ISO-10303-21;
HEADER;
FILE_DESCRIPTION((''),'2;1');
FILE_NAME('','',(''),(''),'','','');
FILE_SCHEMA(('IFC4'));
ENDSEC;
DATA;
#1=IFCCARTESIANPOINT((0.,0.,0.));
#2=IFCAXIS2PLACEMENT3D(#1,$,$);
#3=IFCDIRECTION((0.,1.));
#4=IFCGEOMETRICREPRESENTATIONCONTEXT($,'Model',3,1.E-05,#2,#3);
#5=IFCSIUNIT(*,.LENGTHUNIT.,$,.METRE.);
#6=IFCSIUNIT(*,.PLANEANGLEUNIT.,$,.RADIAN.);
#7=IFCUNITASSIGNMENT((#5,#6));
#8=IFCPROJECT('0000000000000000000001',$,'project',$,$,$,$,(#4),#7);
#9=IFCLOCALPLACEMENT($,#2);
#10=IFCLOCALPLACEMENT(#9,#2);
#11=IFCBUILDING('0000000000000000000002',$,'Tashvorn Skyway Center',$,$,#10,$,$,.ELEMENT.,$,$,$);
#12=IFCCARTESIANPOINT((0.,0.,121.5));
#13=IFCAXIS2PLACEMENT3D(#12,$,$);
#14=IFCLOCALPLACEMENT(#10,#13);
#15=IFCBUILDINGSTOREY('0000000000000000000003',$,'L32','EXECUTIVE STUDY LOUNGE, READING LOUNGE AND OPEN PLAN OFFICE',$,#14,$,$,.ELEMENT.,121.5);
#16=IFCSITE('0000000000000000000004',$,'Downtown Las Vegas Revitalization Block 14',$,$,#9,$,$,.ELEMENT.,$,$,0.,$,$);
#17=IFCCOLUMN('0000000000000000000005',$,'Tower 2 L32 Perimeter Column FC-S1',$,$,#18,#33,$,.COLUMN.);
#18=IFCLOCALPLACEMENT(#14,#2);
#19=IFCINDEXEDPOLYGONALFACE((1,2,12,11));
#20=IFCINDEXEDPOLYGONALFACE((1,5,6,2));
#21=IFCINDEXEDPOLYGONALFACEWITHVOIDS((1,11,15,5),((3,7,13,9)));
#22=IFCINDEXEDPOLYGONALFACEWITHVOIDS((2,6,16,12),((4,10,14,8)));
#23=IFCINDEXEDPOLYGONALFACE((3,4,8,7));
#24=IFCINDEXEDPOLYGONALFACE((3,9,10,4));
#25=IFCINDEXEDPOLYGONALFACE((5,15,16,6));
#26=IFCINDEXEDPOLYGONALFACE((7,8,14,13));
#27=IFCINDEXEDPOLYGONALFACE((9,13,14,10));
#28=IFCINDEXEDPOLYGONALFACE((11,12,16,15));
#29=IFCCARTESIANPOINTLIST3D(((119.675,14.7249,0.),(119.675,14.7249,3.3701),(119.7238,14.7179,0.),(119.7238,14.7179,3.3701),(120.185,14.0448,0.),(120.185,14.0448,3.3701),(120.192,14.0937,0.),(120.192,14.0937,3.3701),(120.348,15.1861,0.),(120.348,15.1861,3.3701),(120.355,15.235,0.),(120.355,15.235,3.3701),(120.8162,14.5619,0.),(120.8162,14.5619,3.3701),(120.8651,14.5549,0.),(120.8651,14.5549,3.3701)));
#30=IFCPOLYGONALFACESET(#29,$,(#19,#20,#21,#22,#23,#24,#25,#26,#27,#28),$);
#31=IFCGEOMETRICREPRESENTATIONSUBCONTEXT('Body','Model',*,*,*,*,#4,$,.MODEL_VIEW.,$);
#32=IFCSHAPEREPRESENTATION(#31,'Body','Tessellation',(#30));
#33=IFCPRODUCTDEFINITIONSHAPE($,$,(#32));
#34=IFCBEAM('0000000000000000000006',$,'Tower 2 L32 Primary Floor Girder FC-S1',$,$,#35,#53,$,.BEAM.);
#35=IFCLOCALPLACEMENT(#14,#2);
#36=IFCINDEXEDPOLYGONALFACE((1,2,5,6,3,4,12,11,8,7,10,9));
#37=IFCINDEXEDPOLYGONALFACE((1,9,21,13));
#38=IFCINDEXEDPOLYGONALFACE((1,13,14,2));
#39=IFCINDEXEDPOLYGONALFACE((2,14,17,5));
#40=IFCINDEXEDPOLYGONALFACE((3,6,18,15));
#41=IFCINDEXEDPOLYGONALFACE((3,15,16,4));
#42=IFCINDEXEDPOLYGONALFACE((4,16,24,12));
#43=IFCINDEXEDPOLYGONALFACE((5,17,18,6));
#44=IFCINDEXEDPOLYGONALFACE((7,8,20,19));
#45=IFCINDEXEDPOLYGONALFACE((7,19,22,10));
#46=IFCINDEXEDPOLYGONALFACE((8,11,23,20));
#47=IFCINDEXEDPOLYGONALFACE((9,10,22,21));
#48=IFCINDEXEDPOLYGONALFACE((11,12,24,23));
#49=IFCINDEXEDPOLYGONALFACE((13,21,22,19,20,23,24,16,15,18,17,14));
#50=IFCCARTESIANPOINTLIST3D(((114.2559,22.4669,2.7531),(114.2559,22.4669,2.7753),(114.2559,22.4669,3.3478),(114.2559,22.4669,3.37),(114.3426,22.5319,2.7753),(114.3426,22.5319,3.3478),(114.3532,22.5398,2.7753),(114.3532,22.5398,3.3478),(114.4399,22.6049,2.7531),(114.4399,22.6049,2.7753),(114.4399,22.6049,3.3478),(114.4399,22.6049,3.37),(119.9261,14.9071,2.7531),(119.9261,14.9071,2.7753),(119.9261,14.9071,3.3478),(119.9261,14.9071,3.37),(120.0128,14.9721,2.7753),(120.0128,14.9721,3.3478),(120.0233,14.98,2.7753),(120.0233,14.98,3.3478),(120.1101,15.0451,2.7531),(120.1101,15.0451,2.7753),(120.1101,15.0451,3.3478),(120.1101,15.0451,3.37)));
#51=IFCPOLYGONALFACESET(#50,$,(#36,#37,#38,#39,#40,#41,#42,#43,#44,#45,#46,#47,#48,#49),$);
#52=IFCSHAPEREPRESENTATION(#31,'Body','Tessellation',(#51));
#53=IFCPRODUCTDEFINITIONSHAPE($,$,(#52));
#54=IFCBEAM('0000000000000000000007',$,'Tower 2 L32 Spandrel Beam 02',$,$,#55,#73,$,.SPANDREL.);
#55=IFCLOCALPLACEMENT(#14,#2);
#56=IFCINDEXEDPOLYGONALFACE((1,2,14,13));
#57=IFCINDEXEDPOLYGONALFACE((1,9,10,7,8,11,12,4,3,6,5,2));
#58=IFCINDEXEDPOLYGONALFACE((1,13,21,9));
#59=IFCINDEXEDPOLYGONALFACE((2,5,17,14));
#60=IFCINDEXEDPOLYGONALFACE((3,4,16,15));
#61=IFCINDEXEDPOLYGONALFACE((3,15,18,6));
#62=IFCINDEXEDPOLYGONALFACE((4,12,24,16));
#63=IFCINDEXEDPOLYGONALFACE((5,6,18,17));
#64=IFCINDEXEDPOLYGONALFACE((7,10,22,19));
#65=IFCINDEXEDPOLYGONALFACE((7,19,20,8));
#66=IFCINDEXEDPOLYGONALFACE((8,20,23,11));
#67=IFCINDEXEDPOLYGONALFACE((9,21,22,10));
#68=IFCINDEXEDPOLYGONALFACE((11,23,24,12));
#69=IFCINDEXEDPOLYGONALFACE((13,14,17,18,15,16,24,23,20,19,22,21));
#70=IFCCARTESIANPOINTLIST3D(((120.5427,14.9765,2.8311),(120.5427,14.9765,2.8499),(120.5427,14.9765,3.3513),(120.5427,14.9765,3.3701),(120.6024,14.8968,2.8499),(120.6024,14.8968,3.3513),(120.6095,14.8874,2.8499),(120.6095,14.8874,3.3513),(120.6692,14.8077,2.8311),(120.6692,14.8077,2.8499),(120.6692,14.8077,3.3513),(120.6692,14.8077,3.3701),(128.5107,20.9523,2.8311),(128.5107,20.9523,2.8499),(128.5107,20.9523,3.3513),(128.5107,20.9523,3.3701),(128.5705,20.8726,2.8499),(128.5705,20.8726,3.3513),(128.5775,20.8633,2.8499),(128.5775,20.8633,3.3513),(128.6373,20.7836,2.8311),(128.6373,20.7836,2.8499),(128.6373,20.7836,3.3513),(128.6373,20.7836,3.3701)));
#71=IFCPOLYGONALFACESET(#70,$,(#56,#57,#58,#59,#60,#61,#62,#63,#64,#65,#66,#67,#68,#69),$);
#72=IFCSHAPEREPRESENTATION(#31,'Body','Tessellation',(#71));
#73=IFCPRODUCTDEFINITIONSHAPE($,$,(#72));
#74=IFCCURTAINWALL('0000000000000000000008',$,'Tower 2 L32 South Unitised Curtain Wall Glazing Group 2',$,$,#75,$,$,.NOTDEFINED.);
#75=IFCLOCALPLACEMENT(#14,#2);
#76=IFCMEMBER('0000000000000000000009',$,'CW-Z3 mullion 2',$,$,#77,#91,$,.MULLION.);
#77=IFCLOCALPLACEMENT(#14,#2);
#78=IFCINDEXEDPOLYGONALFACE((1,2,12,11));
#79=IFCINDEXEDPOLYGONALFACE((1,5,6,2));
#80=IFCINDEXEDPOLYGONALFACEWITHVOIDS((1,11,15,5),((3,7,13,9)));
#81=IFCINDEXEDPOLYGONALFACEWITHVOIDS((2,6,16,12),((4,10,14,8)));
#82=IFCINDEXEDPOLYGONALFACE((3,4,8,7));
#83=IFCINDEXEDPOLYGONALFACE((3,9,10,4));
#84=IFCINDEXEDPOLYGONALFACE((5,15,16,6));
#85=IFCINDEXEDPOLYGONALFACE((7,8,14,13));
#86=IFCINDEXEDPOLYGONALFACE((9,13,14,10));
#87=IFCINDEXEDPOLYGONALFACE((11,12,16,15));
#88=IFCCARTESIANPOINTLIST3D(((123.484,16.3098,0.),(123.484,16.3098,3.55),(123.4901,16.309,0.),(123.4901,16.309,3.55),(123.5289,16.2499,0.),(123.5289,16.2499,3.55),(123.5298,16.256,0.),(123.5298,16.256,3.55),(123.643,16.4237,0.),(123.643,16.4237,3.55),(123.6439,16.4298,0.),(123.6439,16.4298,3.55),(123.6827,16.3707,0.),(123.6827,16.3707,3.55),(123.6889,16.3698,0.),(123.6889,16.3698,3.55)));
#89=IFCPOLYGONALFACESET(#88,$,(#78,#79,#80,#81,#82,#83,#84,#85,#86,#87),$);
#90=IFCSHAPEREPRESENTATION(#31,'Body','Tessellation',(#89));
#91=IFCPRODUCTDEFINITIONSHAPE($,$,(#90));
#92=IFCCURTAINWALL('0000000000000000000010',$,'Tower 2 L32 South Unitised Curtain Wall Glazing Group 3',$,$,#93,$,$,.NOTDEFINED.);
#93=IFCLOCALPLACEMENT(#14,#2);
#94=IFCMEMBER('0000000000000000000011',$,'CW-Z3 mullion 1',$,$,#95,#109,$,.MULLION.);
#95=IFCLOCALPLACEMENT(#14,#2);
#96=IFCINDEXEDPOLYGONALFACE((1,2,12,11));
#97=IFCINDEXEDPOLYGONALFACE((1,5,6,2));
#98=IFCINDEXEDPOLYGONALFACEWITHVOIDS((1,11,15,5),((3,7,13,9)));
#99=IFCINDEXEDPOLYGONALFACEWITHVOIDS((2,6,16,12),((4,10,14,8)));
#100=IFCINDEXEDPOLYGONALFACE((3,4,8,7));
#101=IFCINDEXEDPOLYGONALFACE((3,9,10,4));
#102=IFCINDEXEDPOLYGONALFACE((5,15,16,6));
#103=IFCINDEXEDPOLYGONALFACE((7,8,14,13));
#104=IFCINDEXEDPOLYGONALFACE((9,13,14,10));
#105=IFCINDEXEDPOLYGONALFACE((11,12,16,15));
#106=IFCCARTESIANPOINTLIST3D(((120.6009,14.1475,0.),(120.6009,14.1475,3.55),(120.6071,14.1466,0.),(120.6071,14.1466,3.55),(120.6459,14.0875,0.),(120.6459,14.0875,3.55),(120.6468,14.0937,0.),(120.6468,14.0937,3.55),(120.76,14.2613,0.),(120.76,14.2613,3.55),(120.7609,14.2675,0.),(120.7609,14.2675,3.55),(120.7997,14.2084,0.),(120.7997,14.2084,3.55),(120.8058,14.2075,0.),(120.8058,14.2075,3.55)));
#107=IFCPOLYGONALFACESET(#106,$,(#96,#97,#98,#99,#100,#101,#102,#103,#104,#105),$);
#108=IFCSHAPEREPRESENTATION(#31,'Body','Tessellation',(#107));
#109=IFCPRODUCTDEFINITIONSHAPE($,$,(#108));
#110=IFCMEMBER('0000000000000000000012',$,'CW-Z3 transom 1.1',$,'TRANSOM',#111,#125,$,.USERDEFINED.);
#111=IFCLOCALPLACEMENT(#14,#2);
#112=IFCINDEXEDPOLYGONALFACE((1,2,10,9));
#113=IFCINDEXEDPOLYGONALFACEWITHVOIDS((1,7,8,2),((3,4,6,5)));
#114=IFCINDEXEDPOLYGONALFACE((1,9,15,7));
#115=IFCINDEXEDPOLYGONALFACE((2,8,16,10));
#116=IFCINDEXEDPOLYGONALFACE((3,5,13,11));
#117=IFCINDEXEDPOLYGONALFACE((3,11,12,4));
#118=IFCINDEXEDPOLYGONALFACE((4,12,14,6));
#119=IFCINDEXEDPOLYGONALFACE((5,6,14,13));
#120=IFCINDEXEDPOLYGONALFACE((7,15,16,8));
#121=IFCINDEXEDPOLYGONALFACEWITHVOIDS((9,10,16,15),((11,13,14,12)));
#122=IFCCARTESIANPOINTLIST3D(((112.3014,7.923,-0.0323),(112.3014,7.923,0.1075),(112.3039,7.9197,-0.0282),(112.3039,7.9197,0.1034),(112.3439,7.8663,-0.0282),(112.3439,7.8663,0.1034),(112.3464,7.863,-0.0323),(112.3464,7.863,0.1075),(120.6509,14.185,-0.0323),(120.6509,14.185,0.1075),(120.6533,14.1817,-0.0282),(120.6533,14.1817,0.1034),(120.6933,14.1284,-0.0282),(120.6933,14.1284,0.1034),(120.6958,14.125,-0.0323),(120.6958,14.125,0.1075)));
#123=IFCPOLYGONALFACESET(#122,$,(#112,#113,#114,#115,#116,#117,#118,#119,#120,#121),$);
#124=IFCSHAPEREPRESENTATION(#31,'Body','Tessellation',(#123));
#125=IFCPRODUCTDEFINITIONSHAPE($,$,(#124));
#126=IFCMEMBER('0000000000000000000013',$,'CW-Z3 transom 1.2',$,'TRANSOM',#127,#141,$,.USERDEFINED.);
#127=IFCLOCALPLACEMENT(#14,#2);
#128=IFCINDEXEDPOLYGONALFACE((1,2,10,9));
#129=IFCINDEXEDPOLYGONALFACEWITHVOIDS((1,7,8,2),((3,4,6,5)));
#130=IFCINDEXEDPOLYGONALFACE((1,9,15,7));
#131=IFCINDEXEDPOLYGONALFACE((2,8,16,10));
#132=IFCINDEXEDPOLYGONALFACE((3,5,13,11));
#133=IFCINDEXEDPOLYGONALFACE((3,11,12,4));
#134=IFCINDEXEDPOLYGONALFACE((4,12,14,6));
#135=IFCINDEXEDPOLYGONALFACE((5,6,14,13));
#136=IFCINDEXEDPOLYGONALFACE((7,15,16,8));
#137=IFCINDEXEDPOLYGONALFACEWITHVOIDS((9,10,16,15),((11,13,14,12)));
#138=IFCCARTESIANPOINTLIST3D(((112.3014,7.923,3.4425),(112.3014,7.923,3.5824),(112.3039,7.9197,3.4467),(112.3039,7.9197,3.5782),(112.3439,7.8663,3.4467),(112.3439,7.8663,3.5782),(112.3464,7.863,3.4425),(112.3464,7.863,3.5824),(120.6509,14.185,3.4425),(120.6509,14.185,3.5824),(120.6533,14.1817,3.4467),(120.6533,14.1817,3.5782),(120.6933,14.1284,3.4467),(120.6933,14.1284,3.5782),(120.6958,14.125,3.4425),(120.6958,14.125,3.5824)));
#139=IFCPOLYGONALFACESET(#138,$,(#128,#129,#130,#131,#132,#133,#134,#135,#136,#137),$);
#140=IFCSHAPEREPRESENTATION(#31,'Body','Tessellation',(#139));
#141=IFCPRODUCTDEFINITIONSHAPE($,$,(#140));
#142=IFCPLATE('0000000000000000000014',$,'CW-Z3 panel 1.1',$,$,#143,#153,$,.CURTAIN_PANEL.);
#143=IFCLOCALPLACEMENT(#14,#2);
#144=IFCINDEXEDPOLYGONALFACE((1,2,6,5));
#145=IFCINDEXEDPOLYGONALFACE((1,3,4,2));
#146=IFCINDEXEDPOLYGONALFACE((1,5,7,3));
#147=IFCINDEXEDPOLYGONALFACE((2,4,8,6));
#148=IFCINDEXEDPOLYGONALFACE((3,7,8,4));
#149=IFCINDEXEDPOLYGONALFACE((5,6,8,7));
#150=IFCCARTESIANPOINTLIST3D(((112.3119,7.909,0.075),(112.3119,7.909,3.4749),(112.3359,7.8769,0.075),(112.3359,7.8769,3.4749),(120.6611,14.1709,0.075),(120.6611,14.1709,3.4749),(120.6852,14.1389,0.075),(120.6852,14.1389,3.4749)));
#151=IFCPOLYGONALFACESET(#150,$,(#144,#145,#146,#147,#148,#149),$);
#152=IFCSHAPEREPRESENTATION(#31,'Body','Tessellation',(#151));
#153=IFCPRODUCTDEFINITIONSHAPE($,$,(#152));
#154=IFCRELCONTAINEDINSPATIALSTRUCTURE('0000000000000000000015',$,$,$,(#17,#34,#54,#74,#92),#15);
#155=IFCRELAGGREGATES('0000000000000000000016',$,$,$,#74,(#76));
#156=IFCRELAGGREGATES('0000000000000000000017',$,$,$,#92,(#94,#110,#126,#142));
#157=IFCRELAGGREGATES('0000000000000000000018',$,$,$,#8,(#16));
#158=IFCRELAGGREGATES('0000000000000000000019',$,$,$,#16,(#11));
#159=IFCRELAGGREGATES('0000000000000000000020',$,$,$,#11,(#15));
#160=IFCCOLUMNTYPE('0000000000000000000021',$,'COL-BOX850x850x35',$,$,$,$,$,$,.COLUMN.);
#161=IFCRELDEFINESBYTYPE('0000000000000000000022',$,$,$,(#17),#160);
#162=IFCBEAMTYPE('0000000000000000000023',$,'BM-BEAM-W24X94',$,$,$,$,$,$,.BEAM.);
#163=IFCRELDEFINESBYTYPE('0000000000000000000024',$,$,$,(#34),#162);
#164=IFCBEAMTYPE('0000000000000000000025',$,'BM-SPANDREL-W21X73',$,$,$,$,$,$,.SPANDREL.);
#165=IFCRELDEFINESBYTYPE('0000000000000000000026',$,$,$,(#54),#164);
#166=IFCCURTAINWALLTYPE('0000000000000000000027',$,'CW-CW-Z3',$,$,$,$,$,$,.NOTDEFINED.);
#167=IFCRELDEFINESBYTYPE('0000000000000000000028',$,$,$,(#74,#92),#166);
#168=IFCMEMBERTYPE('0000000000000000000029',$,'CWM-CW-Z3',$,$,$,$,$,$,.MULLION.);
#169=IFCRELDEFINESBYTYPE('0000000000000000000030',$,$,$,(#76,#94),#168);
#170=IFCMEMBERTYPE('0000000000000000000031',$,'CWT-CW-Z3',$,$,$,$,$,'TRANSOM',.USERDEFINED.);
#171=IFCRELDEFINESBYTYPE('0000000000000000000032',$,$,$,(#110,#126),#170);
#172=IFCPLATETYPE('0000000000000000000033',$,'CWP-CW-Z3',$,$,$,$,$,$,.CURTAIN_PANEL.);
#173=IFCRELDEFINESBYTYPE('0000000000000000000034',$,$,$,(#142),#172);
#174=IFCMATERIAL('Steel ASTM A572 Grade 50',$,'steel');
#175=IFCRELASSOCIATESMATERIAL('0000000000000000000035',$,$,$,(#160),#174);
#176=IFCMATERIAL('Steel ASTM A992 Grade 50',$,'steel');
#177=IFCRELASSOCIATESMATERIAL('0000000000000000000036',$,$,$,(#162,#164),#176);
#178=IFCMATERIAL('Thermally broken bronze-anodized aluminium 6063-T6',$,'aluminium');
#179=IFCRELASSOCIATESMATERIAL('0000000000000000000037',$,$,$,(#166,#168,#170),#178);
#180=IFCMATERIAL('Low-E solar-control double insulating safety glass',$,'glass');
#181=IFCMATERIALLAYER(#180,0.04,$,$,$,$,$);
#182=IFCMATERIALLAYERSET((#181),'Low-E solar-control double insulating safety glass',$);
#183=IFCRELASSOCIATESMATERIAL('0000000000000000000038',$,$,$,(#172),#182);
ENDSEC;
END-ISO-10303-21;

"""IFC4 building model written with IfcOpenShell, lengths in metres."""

from ifc_helpers import new_model, si_unit, direction, frame, origin, origin_2d, place, context, subcontext, project, spatial, rectangle, hollow_rectangle, i_section, extrude, material, layer, layer_set, material_profile, profile_set, type_object, element, aggregate, save


model = new_model("IFC4")

# Units and contexts
model_context = context("Model", 3, precision=1e-05, world=origin(), true_north=direction((0.0, 1.0)))
body_context = subcontext(model_context, "Body", "Model", "MODEL_VIEW")
ifc_project = project(units=[si_unit("LENGTHUNIT", "METRE"), si_unit("PLANEANGLEUNIT", "RADIAN")], contexts=[model_context])

# Site, building, storey
site_placement = place(None, origin())
site = spatial("IfcSite", under=ifc_project, at=site_placement, Name="Downtown Las Vegas Revitalization Block 14", CompositionType="ELEMENT", RefElevation=0.0)
building_placement = place(site_placement, origin())
building = spatial("IfcBuilding", under=site, at=building_placement, Name="Tashvorn Skyway Center", CompositionType="ELEMENT")
storey_placement = place(building_placement, frame((0.0, 0.0, 121.5)))
storey = spatial("IfcBuildingStorey", under=building, at=storey_placement, Name="L32", Description="EXECUTIVE STUDY LOUNGE, READING LOUNGE AND OPEN PLAN OFFICE", CompositionType="ELEMENT", Elevation=121.5)

# Column
ifc_material_1 = material(Name="Steel ASTM A572 Grade 50", Category="steel")
ifc_material_profile_1 = material_profile(ifc_material_1, hollow_rectangle(XDim=0.8501, YDim=0.8501, WallThickness=0.0349, at=origin_2d()), Name="BOX850x850x35")
ifc_profile_set_1 = profile_set([ifc_material_profile_1], Name="Steel ASTM A572 Grade 50")
column_type = type_object("IfcColumnType", Name="COL-BOX850x850x35", PredefinedType="COLUMN", material=ifc_profile_set_1)
column_placement = place(storey_placement, frame((120.27, 14.6399, 0.0), z_axis=(0.0, 0.0, 1.0), x_axis=(0.8, 0.6, 0.0)))
element("IfcColumn", 1, at=column_placement, inside=storey, type_object=column_type, Name="Tower 2 L32 Perimeter Column FC-S1", PredefinedType="COLUMN", context=body_context, shape_type="SweptSolid", body=[
    extrude(hollow_rectangle(XDim=0.8501, YDim=0.8501, WallThickness=0.0349, at=origin_2d()), origin(), (0.0, 0.0, 1.0), 3.3701),
])

# Beams
ifc_material_2 = material(Name="Steel ASTM A992 Grade 50", Category="steel")
ifc_material_profile_2 = material_profile(ifc_material_2, i_section(OverallWidth=0.23, OverallDepth=0.6169, WebThickness=0.0132, FlangeThickness=0.0222, at=origin_2d()), Name="W24X94")
ifc_profile_set_2 = profile_set([ifc_material_profile_2], Name="Steel ASTM A992 Grade 50")
beam_type_1 = type_object("IfcBeamType", Name="BM-BEAM-W24X94", PredefinedType="BEAM", material=ifc_profile_set_2)
beam_1_placement = place(storey_placement, frame((120.0181, 14.9761, 3.0615), z_axis=(-0.600021, 0.799984, 0.0), x_axis=(-0.799984, -0.600021, 0.0)))
element("IfcBeam", 2, at=beam_1_placement, inside=storey, type_object=beam_type_1, Name="Tower 2 L32 Primary Floor Girder FC-S1", PredefinedType="BEAM", context=body_context, shape_type="SweptSolid", body=[
    extrude(i_section(OverallWidth=0.23, OverallDepth=0.6169, WebThickness=0.0132, FlangeThickness=0.0222, at=origin_2d()), origin(), (0.0, 0.0, 1.0), 9.45),
])
ifc_material_profile_3 = material_profile(ifc_material_2, i_section(OverallWidth=0.2109, OverallDepth=0.5391, WebThickness=0.0117, FlangeThickness=0.0188, at=origin_2d()), Name="W21X73")
ifc_profile_set_3 = profile_set([ifc_material_profile_3], Name="Steel ASTM A992 Grade 50")
beam_type_2 = type_object("IfcBeamType", Name="BM-SPANDREL-W21X73", PredefinedType="SPANDREL", material=ifc_profile_set_3)
beam_2_placement = place(storey_placement, frame((120.606, 14.8921, 3.1006), z_axis=(0.800009, 0.599988, 0.0), x_axis=(-0.599988, 0.800009, 0.0)))
element("IfcBeam", 3, at=beam_2_placement, inside=storey, type_object=beam_type_2, Name="Tower 2 L32 Spandrel Beam 02", PredefinedType="SPANDREL", context=body_context, shape_type="SweptSolid", body=[
    extrude(i_section(OverallWidth=0.2109, OverallDepth=0.5391, WebThickness=0.0117, FlangeThickness=0.0188, at=origin_2d()), origin(), (0.0, 0.0, 1.0), 9.96),
])

# Curtain wall, member
ifc_material_3 = material(Name="Thermally broken bronze-anodized aluminium 6063-T6", Category="aluminium")
curtain_wall_type = type_object("IfcCurtainWallType", Name="CW-CW-Z3", PredefinedType="NOTDEFINED", material=ifc_material_3)
curtain_wall_1_placement = place(storey_placement, origin())
curtain_wall_1 = element("IfcCurtainWall", 4, at=curtain_wall_1_placement, inside=storey, type_object=curtain_wall_type, Name="Tower 2 L32 South Unitised Curtain Wall Glazing Group 2", PredefinedType="NOTDEFINED")
ifc_material_profile_4 = material_profile(ifc_material_3, hollow_rectangle(XDim=0.075, YDim=0.2, WallThickness=0.0044, at=origin_2d()), Name="ALU-MULL-75x200")
ifc_profile_set_4 = profile_set([ifc_material_profile_4], Name="Thermally broken bronze-anodized aluminium 6063-T6")
member_type_1 = type_object("IfcMemberType", Name="CWM-CW-Z3", PredefinedType="MULLION", material=ifc_profile_set_4)
member_1_placement = place(storey_placement, frame((123.5864, 16.3398, 0.0), z_axis=(0.0, 0.0, 1.0), x_axis=(0.6, -0.8, 0.0)))
member_1 = element("IfcMember", 5, at=member_1_placement, type_object=member_type_1, Name="CW-Z3 mullion 2", PredefinedType="MULLION", context=body_context, shape_type="SweptSolid", body=[
    extrude(hollow_rectangle(XDim=0.075, YDim=0.2, WallThickness=0.0044, at=origin_2d()), origin(), (0.0, 0.0, 1.0), 3.55),
])
aggregate(curtain_wall_1, [member_1])

# Curtain wall, members, plate
curtain_wall_2_placement = place(storey_placement, origin())
curtain_wall_2 = element("IfcCurtainWall", 6, at=curtain_wall_2_placement, inside=storey, type_object=curtain_wall_type, Name="Tower 2 L32 South Unitised Curtain Wall Glazing Group 3", PredefinedType="NOTDEFINED")
member_2_placement = place(storey_placement, frame((120.7034, 14.1775, 0.0), z_axis=(0.0, 0.0, 1.0), x_axis=(0.600002, -0.799999, 0.0)))
member_2 = element("IfcMember", 7, at=member_2_placement, type_object=member_type_1, Name="CW-Z3 mullion 1", PredefinedType="MULLION", context=body_context, shape_type="SweptSolid", body=[
    extrude(hollow_rectangle(XDim=0.075, YDim=0.2, WallThickness=0.0044, at=origin_2d()), origin(), (0.0, 0.0, 1.0), 3.55),
])
ifc_material_profile_5 = material_profile(ifc_material_3, hollow_rectangle(XDim=0.075, YDim=0.1399, WallThickness=0.0042, at=origin_2d()), Name="ALU-TRAN-75x140")
ifc_profile_set_5 = profile_set([ifc_material_profile_5], Name="Thermally broken bronze-anodized aluminium 6063-T6")
member_type_2 = type_object("IfcMemberType", Name="CWT-CW-Z3", ElementType="TRANSOM", PredefinedType="USERDEFINED", material=ifc_profile_set_5)
member_3_placement = place(storey_placement, frame((120.6733, 14.155, 0.0376), z_axis=(-0.800003, -0.599996, 0.0), x_axis=(0.599996, -0.800003, 0.0)))
member_3 = element("IfcMember", 8, at=member_3_placement, type_object=member_type_2, Name="CW-Z3 transom 1.1", ObjectType="TRANSOM", PredefinedType="USERDEFINED", context=body_context, shape_type="SweptSolid", body=[
    extrude(hollow_rectangle(XDim=0.075, YDim=0.1399, WallThickness=0.0042, at=origin_2d()), origin(), (0.0, 0.0, 1.0), 10.4368),
])
member_4_placement = place(storey_placement, frame((120.6733, 14.155, 3.5125), z_axis=(-0.800003, -0.599996, 0.0), x_axis=(0.599996, -0.800003, 0.0)))
member_4 = element("IfcMember", 9, at=member_4_placement, type_object=member_type_2, Name="CW-Z3 transom 1.2", ObjectType="TRANSOM", PredefinedType="USERDEFINED", context=body_context, shape_type="SweptSolid", body=[
    extrude(hollow_rectangle(XDim=0.075, YDim=0.1399, WallThickness=0.0042, at=origin_2d()), origin(), (0.0, 0.0, 1.0), 10.4368),
])
ifc_material_4 = material(Name="Low-E solar-control double insulating safety glass", Category="glass")
ifc_layer_1 = layer(ifc_material_4, 0.04)
ifc_layer_set_1 = layer_set([ifc_layer_1], Name="Low-E solar-control double insulating safety glass")
plate_type = type_object("IfcPlateType", Name="CWP-CW-Z3", PredefinedType="CURTAIN_PANEL", material=ifc_layer_set_1)
plate_placement = place(storey_placement, frame((116.4985, 11.0239, 0.075), z_axis=(0.0, 0.0, 1.0), x_axis=(-0.799999, -0.600002, 0.0)))
plate = element("IfcPlate", 10, at=plate_placement, type_object=plate_type, Name="CW-Z3 panel 1.1", PredefinedType="CURTAIN_PANEL", context=body_context, shape_type="SweptSolid", body=[
    extrude(rectangle(XDim=10.4365, YDim=0.04, at=origin_2d()), origin(), (0.0, 0.0, 1.0), 3.3999),
])
aggregate(curtain_wall_2, [member_2, member_3, member_4, plate])

save(model, "model.ifc")
